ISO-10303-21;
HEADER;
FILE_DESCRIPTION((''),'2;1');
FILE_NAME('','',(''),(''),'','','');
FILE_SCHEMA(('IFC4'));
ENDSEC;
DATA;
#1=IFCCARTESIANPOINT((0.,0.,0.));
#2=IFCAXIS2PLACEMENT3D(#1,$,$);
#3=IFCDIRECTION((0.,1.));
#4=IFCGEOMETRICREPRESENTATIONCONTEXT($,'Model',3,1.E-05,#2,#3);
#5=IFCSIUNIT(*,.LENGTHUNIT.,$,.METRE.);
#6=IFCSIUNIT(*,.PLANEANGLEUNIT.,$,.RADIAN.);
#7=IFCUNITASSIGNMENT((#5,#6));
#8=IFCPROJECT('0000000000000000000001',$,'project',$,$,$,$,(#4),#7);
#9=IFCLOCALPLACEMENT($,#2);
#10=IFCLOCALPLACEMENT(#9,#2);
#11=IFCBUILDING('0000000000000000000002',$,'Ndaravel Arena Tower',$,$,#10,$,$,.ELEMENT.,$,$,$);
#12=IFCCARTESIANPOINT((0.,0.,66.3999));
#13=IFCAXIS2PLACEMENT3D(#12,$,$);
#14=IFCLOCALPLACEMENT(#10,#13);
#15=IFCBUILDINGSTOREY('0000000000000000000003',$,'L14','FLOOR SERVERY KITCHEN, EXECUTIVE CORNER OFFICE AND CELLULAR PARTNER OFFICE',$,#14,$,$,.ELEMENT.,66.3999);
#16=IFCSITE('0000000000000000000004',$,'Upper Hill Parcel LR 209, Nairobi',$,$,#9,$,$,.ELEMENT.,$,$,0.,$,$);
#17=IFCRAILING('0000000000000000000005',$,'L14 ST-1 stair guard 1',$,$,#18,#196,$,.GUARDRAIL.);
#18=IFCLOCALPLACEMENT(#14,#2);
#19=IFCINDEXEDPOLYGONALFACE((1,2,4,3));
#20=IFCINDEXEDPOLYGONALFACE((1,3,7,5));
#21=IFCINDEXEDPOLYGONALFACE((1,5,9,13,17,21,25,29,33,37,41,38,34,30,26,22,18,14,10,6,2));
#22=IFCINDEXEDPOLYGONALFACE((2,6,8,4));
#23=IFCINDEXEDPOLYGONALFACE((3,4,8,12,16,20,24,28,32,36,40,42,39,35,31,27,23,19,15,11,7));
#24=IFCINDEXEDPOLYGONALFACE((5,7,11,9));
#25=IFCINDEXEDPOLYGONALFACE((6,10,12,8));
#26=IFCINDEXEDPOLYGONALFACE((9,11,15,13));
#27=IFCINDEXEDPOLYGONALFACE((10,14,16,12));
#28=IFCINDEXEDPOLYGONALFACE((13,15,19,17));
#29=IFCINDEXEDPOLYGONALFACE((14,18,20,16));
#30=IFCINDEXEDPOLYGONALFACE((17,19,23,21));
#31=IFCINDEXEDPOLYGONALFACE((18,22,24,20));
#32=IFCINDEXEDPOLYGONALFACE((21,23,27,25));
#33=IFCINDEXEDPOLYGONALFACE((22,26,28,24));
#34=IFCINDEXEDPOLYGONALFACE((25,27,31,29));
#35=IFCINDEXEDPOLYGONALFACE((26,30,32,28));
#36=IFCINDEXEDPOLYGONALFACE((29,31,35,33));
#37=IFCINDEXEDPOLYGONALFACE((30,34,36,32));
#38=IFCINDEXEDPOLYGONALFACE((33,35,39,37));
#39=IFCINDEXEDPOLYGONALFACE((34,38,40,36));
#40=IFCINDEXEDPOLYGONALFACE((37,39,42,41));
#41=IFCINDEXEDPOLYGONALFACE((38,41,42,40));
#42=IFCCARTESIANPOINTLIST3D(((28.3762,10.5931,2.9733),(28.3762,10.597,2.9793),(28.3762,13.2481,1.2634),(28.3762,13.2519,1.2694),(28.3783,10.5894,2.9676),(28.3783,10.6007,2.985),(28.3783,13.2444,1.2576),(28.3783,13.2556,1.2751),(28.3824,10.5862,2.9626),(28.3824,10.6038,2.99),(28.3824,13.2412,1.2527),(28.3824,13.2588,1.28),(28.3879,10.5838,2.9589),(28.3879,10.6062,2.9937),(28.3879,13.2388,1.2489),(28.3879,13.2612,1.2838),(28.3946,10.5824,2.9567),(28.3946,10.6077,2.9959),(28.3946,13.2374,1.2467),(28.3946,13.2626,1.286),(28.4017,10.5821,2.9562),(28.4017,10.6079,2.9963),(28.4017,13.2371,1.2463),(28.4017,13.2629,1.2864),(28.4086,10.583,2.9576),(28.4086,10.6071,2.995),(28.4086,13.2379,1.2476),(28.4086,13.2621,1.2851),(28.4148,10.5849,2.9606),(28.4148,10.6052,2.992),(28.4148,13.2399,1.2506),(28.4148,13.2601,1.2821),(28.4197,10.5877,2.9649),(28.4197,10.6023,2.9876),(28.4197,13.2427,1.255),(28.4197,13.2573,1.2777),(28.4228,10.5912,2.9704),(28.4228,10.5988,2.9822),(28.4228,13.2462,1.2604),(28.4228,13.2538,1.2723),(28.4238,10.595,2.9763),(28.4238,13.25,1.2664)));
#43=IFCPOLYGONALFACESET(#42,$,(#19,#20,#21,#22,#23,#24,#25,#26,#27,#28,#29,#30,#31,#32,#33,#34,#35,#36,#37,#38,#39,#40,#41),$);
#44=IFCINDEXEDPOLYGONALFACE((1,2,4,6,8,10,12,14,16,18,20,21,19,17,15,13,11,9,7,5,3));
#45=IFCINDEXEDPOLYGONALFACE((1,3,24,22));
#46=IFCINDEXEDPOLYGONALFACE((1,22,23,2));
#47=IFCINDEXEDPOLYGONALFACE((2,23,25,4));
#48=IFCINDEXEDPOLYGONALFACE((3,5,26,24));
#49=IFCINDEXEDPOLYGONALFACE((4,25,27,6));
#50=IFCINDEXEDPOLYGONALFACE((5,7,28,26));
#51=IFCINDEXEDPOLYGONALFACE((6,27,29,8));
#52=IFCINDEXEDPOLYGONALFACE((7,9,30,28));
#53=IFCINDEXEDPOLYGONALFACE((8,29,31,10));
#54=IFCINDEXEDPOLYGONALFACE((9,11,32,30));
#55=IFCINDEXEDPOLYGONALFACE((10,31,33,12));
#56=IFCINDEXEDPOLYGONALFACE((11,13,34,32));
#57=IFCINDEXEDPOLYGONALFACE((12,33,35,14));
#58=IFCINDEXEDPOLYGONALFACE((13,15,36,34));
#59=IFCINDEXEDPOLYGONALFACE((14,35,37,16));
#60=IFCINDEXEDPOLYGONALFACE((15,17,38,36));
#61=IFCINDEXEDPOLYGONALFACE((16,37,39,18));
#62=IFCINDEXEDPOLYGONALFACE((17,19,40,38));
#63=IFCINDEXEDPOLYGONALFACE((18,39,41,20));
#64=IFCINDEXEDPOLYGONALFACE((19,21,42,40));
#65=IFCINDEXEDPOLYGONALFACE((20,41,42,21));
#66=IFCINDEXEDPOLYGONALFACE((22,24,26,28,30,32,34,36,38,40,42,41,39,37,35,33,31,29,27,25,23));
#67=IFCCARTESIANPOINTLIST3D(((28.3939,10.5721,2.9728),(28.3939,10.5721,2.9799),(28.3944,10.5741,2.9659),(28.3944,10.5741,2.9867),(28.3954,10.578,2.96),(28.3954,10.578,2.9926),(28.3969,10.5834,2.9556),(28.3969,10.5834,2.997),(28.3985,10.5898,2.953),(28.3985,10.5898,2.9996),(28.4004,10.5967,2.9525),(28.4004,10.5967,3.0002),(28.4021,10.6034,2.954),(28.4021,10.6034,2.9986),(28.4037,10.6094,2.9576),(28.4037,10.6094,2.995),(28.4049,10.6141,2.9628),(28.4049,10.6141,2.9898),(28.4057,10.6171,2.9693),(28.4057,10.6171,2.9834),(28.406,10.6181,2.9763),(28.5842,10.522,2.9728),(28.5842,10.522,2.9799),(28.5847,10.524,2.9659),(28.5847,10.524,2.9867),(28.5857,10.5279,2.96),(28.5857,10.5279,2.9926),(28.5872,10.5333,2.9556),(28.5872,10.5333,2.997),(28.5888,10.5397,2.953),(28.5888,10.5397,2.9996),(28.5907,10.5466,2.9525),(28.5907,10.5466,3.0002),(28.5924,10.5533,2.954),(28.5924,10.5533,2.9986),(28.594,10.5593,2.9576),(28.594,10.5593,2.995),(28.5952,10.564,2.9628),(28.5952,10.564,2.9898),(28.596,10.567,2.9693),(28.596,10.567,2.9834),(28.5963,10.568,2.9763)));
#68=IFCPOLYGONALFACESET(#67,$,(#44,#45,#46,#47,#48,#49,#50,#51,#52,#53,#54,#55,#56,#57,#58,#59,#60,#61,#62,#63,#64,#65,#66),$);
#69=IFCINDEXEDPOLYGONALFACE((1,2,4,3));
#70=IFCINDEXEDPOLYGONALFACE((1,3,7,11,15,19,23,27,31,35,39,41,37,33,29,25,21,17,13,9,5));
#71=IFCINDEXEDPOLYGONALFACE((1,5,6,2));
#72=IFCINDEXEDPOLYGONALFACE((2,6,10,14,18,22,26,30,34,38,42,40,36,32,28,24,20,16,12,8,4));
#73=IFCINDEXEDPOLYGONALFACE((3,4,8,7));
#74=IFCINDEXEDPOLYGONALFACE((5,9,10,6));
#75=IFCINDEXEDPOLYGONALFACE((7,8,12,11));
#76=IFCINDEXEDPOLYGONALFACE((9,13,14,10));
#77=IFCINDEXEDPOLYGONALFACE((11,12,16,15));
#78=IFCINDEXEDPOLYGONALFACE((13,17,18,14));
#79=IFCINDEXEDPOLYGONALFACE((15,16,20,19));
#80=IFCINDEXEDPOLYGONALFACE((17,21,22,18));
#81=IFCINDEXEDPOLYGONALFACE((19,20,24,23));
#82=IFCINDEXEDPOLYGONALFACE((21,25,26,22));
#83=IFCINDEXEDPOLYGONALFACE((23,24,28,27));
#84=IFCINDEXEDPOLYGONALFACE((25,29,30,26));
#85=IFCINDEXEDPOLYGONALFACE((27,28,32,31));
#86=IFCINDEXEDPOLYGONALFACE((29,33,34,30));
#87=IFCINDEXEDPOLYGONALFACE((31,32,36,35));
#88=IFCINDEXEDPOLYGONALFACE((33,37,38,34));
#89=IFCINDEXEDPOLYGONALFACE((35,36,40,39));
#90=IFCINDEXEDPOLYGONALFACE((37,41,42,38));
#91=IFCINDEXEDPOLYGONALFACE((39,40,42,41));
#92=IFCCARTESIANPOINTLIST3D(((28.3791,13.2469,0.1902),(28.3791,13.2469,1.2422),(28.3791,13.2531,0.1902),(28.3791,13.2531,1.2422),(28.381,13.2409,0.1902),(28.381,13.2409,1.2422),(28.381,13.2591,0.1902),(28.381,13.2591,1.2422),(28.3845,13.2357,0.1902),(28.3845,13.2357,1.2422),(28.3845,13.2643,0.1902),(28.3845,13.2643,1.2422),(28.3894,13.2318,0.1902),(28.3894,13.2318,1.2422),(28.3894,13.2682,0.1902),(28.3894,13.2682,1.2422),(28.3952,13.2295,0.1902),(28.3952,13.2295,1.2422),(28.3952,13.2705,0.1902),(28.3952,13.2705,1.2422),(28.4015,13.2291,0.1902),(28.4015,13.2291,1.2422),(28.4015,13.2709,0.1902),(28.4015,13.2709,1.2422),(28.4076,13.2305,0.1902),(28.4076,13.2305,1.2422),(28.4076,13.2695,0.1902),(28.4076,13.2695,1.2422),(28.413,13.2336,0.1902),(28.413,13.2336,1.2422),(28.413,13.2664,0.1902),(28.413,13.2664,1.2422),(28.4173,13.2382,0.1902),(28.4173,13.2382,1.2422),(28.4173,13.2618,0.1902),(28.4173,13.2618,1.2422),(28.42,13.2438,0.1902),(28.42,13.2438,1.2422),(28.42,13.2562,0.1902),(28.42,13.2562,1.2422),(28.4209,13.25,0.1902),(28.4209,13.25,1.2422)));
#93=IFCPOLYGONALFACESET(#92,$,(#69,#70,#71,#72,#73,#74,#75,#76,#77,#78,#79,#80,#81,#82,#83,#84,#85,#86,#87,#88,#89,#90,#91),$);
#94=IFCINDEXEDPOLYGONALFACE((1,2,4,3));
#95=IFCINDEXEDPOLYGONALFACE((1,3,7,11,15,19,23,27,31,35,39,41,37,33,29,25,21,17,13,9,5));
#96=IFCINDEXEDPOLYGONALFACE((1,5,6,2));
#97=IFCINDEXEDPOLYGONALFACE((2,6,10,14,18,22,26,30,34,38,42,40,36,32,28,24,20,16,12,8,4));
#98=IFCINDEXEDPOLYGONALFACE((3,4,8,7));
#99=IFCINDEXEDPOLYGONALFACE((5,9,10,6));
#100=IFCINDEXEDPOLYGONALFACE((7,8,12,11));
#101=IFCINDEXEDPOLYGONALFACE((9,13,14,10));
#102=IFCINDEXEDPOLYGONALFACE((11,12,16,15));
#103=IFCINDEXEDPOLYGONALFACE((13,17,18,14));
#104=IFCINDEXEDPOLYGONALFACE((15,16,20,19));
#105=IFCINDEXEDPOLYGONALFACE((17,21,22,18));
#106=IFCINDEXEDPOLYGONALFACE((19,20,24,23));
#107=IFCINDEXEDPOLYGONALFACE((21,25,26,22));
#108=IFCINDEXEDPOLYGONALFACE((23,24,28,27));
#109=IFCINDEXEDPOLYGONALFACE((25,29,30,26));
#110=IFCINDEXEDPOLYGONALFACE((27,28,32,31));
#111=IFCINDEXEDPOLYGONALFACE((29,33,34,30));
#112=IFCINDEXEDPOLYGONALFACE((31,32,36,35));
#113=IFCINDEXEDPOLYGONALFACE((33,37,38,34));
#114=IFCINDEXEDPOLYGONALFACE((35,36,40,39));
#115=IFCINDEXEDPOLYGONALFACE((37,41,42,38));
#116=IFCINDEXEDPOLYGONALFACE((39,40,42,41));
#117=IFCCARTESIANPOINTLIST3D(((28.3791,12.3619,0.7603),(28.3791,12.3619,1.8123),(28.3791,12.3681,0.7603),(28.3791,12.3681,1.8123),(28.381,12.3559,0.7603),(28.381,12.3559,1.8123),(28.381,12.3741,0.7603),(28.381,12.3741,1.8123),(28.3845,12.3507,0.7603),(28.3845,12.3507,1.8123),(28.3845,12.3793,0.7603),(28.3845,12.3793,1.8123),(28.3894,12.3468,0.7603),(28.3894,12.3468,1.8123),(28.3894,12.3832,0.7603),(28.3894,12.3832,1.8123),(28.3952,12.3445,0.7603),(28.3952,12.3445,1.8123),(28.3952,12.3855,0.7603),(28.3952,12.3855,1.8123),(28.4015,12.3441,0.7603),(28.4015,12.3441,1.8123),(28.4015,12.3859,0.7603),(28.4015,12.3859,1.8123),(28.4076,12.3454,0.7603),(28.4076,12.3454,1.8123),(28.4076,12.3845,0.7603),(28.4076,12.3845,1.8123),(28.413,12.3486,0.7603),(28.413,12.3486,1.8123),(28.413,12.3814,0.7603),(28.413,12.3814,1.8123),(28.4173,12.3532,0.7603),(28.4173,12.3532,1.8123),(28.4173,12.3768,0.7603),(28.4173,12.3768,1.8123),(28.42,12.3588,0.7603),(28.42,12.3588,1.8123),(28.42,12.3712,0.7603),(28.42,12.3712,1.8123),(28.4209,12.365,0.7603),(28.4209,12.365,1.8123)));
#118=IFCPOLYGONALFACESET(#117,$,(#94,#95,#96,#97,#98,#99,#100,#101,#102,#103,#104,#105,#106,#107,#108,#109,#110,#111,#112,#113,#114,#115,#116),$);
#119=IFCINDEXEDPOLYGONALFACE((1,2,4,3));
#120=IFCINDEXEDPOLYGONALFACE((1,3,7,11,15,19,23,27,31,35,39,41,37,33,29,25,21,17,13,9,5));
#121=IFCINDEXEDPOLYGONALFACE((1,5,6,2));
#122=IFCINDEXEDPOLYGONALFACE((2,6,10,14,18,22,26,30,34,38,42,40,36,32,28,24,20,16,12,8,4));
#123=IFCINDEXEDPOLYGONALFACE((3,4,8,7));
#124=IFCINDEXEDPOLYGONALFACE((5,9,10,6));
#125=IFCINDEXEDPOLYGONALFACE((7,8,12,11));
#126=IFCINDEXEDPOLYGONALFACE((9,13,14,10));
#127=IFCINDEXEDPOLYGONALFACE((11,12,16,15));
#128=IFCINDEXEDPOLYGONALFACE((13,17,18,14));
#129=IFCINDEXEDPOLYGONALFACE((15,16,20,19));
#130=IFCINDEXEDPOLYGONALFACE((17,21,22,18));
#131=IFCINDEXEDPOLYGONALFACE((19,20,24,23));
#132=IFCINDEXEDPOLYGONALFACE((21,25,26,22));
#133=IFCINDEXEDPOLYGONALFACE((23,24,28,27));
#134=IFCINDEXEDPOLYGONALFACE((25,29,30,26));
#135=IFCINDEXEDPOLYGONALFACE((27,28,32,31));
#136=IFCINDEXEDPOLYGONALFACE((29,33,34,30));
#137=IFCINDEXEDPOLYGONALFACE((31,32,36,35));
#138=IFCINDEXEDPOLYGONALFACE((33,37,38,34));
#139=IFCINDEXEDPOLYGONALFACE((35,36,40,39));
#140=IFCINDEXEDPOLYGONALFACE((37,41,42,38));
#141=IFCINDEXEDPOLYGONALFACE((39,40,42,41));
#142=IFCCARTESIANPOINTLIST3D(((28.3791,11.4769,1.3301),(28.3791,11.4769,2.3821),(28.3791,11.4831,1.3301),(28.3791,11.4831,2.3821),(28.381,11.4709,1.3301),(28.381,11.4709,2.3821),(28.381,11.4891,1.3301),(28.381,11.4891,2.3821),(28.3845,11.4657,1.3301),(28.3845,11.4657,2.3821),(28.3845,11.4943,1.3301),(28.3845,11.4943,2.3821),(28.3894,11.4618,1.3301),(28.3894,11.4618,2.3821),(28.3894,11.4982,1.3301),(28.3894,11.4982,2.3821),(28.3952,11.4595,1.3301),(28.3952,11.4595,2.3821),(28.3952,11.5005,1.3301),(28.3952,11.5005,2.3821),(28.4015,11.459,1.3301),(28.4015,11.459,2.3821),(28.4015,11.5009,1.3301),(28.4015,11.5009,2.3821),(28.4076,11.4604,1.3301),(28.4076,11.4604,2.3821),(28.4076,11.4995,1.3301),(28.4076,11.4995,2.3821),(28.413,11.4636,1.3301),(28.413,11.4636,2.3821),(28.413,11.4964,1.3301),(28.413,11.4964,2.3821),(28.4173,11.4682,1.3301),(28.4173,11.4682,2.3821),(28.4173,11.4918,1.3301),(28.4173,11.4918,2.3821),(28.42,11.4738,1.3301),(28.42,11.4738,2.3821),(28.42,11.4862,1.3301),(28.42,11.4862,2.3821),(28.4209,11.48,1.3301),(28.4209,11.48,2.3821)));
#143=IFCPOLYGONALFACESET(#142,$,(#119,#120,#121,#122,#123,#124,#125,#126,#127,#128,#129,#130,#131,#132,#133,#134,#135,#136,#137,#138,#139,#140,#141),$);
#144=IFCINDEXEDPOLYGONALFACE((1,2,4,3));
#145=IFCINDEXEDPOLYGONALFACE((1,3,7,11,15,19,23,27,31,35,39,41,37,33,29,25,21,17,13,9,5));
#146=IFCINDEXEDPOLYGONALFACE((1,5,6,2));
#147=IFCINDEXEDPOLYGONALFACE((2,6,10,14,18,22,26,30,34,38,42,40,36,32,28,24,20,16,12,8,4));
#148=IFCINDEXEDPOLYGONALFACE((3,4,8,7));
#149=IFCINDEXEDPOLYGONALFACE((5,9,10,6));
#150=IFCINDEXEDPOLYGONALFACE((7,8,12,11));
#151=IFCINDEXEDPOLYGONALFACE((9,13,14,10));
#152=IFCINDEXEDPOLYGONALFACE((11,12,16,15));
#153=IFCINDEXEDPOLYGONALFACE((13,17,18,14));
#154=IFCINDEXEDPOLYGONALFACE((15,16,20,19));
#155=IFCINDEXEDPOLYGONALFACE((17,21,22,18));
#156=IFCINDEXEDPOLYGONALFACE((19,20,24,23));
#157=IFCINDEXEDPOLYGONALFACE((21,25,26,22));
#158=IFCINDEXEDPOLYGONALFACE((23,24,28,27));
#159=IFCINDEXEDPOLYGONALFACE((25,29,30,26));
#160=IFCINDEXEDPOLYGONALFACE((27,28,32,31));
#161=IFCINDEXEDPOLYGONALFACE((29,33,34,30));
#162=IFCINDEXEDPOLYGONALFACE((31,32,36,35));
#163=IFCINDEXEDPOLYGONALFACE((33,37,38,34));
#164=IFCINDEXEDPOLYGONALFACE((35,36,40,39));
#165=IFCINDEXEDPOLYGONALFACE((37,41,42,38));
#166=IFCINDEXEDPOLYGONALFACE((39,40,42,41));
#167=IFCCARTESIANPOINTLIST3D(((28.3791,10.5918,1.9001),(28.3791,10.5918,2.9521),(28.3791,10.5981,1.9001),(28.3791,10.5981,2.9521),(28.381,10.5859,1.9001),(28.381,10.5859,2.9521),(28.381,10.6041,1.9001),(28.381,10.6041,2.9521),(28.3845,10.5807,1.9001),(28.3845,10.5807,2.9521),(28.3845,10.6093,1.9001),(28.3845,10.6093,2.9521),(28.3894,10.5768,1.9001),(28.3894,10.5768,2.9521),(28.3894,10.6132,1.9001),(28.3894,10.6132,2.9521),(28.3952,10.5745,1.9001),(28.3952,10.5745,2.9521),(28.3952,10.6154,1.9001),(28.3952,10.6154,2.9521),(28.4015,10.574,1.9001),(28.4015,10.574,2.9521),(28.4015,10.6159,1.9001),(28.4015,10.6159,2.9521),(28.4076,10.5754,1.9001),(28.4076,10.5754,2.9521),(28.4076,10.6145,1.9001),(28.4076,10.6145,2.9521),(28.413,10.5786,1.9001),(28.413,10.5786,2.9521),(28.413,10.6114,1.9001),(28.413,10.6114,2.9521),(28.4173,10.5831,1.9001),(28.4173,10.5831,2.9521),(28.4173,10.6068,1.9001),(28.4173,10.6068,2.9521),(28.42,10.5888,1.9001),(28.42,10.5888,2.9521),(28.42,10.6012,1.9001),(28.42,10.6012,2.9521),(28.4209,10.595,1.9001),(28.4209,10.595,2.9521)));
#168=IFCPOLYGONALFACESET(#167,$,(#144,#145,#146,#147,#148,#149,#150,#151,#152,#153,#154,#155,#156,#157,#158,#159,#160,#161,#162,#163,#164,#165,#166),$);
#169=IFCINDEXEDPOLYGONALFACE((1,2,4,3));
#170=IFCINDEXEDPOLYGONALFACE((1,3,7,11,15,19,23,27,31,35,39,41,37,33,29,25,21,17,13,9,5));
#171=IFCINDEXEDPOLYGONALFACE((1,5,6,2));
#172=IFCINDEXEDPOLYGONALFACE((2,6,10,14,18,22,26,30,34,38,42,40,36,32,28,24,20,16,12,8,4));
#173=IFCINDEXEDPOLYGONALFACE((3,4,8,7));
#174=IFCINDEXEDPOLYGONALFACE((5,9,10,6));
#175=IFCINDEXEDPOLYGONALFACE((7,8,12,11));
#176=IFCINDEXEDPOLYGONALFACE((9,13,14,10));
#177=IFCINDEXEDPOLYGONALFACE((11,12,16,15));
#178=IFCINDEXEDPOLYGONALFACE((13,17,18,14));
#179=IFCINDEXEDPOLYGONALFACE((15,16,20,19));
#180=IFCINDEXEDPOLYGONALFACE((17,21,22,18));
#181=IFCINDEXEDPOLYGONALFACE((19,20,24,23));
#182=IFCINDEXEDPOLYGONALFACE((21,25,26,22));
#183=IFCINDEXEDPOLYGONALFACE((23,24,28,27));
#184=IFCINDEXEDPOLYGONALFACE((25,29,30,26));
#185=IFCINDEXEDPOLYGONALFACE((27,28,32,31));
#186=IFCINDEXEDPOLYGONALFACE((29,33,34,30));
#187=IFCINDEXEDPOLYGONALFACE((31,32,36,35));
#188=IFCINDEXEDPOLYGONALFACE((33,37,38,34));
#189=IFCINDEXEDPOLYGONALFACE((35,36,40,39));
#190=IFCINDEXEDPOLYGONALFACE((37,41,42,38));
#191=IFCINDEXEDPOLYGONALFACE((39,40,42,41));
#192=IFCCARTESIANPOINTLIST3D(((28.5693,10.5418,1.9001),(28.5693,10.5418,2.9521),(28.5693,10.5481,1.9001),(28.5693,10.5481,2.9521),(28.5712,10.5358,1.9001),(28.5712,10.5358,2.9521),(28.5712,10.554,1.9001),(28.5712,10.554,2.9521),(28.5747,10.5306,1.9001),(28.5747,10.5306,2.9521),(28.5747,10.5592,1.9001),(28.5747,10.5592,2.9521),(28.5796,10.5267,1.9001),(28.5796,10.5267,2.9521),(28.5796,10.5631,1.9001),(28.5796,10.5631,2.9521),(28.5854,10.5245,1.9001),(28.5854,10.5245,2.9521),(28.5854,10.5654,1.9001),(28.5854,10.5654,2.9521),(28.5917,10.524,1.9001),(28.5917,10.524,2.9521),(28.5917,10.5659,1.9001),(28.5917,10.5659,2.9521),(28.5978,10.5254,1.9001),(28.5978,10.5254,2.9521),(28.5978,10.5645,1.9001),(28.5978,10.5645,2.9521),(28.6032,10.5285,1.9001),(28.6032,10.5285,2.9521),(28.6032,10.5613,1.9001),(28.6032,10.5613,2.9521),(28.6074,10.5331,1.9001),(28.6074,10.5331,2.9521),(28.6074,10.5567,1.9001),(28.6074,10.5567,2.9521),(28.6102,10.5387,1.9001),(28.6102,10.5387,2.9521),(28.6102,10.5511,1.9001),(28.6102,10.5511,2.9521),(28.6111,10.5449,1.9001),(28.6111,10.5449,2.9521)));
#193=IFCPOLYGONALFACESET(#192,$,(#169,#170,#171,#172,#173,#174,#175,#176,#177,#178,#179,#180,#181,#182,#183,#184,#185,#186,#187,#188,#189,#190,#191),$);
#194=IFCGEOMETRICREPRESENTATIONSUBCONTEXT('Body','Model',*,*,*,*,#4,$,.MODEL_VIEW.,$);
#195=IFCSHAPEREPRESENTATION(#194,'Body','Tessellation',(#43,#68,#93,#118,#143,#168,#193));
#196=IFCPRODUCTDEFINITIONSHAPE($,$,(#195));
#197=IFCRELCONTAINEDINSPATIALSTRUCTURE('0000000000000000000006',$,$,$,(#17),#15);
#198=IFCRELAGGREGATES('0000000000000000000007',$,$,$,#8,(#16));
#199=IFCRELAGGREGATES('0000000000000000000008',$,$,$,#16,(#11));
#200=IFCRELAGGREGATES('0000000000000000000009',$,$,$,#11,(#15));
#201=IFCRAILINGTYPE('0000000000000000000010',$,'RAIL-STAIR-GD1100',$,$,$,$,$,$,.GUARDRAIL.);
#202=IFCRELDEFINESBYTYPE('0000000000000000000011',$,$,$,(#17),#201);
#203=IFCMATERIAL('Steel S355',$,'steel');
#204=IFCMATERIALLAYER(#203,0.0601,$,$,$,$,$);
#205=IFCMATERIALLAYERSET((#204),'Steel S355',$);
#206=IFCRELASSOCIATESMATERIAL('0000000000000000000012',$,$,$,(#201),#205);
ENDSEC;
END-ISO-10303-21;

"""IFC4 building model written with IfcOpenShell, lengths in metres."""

from ifc_helpers import new_model, si_unit, direction, frame, origin, origin_2d, place, context, subcontext, project, spatial, circle, extrude, material, layer, layer_set, type_object, element, save


model = new_model("IFC4")

# Units and contexts
model_context = context("Model", 3, precision=1e-05, world=origin(), true_north=direction((0.0, 1.0)))
body_context = subcontext(model_context, "Body", "Model", "MODEL_VIEW")
ifc_project = project(units=[si_unit("LENGTHUNIT", "METRE"), si_unit("PLANEANGLEUNIT", "RADIAN")], contexts=[model_context])

# Site, building, storey
site_placement = place(None, origin())
site = spatial("IfcSite", under=ifc_project, at=site_placement, Name="Upper Hill Parcel LR 209, Nairobi", CompositionType="ELEMENT", RefElevation=0.0)
building_placement = place(site_placement, origin())
building = spatial("IfcBuilding", under=site, at=building_placement, Name="Ndaravel Arena Tower", CompositionType="ELEMENT")
storey_placement = place(building_placement, frame((0.0, 0.0, 66.3999)))
storey = spatial("IfcBuildingStorey", under=building, at=storey_placement, Name="L14", Description="FLOOR SERVERY KITCHEN, EXECUTIVE CORNER OFFICE AND CELLULAR PARTNER OFFICE", CompositionType="ELEMENT", Elevation=66.3999)

# Railing
ifc_material_1 = material(Name="Steel S355", Category="steel")
ifc_layer_1 = layer(ifc_material_1, 0.0601)
ifc_layer_set_1 = layer_set([ifc_layer_1], Name="Steel S355")
railing_type_1 = type_object("IfcRailingType", Name="RAIL-STAIR-GD1100", PredefinedType="GUARDRAIL", material=ifc_layer_set_1)
railing_1_placement = place(storey_placement, frame((28.3999, 13.25, 0.1902)))
element("IfcRailing", 1, at=railing_1_placement, inside=storey, type_object=railing_type_1, Name="L14 ST-1 stair guard 1", PredefinedType="GUARDRAIL", context=body_context, shape_type="SweptSolid", body=[
    extrude(circle(Radius=0.0239, at=origin_2d()), frame((0.0, 0.0, 1.0762), z_axis=(0.0, -0.840724, 0.541465), x_axis=(1.0, 0.0, 0.0)), (0.0, 0.0, 1.0), 3.158),
    extrude(circle(Radius=0.0239, at=origin_2d()), frame((0.0, -2.655, 2.7861), z_axis=(0.967075, -0.254493, 0.0), x_axis=(0.254493, 0.967075, 0.0)), (0.0, 0.0, 1.0), 0.1968),
    extrude(circle(Radius=0.021, at=origin_2d()), origin(), (0.0, 0.0, 1.0), 1.052),
    extrude(circle(Radius=0.021, at=origin_2d()), frame((0.0, -0.885, 0.5701)), (0.0, 0.0, 1.0), 1.052),
    extrude(circle(Radius=0.021, at=origin_2d()), frame((0.0, -1.77, 1.1399)), (0.0, 0.0, 1.0), 1.052),
    extrude(circle(Radius=0.021, at=origin_2d()), frame((0.0, -2.655, 1.71)), (0.0, 0.0, 1.0), 1.052),
    extrude(circle(Radius=0.021, at=origin_2d()), frame((0.1902, -2.7051, 1.71)), (0.0, 0.0, 1.0), 1.052),
])

save(model, "model.ifc")
